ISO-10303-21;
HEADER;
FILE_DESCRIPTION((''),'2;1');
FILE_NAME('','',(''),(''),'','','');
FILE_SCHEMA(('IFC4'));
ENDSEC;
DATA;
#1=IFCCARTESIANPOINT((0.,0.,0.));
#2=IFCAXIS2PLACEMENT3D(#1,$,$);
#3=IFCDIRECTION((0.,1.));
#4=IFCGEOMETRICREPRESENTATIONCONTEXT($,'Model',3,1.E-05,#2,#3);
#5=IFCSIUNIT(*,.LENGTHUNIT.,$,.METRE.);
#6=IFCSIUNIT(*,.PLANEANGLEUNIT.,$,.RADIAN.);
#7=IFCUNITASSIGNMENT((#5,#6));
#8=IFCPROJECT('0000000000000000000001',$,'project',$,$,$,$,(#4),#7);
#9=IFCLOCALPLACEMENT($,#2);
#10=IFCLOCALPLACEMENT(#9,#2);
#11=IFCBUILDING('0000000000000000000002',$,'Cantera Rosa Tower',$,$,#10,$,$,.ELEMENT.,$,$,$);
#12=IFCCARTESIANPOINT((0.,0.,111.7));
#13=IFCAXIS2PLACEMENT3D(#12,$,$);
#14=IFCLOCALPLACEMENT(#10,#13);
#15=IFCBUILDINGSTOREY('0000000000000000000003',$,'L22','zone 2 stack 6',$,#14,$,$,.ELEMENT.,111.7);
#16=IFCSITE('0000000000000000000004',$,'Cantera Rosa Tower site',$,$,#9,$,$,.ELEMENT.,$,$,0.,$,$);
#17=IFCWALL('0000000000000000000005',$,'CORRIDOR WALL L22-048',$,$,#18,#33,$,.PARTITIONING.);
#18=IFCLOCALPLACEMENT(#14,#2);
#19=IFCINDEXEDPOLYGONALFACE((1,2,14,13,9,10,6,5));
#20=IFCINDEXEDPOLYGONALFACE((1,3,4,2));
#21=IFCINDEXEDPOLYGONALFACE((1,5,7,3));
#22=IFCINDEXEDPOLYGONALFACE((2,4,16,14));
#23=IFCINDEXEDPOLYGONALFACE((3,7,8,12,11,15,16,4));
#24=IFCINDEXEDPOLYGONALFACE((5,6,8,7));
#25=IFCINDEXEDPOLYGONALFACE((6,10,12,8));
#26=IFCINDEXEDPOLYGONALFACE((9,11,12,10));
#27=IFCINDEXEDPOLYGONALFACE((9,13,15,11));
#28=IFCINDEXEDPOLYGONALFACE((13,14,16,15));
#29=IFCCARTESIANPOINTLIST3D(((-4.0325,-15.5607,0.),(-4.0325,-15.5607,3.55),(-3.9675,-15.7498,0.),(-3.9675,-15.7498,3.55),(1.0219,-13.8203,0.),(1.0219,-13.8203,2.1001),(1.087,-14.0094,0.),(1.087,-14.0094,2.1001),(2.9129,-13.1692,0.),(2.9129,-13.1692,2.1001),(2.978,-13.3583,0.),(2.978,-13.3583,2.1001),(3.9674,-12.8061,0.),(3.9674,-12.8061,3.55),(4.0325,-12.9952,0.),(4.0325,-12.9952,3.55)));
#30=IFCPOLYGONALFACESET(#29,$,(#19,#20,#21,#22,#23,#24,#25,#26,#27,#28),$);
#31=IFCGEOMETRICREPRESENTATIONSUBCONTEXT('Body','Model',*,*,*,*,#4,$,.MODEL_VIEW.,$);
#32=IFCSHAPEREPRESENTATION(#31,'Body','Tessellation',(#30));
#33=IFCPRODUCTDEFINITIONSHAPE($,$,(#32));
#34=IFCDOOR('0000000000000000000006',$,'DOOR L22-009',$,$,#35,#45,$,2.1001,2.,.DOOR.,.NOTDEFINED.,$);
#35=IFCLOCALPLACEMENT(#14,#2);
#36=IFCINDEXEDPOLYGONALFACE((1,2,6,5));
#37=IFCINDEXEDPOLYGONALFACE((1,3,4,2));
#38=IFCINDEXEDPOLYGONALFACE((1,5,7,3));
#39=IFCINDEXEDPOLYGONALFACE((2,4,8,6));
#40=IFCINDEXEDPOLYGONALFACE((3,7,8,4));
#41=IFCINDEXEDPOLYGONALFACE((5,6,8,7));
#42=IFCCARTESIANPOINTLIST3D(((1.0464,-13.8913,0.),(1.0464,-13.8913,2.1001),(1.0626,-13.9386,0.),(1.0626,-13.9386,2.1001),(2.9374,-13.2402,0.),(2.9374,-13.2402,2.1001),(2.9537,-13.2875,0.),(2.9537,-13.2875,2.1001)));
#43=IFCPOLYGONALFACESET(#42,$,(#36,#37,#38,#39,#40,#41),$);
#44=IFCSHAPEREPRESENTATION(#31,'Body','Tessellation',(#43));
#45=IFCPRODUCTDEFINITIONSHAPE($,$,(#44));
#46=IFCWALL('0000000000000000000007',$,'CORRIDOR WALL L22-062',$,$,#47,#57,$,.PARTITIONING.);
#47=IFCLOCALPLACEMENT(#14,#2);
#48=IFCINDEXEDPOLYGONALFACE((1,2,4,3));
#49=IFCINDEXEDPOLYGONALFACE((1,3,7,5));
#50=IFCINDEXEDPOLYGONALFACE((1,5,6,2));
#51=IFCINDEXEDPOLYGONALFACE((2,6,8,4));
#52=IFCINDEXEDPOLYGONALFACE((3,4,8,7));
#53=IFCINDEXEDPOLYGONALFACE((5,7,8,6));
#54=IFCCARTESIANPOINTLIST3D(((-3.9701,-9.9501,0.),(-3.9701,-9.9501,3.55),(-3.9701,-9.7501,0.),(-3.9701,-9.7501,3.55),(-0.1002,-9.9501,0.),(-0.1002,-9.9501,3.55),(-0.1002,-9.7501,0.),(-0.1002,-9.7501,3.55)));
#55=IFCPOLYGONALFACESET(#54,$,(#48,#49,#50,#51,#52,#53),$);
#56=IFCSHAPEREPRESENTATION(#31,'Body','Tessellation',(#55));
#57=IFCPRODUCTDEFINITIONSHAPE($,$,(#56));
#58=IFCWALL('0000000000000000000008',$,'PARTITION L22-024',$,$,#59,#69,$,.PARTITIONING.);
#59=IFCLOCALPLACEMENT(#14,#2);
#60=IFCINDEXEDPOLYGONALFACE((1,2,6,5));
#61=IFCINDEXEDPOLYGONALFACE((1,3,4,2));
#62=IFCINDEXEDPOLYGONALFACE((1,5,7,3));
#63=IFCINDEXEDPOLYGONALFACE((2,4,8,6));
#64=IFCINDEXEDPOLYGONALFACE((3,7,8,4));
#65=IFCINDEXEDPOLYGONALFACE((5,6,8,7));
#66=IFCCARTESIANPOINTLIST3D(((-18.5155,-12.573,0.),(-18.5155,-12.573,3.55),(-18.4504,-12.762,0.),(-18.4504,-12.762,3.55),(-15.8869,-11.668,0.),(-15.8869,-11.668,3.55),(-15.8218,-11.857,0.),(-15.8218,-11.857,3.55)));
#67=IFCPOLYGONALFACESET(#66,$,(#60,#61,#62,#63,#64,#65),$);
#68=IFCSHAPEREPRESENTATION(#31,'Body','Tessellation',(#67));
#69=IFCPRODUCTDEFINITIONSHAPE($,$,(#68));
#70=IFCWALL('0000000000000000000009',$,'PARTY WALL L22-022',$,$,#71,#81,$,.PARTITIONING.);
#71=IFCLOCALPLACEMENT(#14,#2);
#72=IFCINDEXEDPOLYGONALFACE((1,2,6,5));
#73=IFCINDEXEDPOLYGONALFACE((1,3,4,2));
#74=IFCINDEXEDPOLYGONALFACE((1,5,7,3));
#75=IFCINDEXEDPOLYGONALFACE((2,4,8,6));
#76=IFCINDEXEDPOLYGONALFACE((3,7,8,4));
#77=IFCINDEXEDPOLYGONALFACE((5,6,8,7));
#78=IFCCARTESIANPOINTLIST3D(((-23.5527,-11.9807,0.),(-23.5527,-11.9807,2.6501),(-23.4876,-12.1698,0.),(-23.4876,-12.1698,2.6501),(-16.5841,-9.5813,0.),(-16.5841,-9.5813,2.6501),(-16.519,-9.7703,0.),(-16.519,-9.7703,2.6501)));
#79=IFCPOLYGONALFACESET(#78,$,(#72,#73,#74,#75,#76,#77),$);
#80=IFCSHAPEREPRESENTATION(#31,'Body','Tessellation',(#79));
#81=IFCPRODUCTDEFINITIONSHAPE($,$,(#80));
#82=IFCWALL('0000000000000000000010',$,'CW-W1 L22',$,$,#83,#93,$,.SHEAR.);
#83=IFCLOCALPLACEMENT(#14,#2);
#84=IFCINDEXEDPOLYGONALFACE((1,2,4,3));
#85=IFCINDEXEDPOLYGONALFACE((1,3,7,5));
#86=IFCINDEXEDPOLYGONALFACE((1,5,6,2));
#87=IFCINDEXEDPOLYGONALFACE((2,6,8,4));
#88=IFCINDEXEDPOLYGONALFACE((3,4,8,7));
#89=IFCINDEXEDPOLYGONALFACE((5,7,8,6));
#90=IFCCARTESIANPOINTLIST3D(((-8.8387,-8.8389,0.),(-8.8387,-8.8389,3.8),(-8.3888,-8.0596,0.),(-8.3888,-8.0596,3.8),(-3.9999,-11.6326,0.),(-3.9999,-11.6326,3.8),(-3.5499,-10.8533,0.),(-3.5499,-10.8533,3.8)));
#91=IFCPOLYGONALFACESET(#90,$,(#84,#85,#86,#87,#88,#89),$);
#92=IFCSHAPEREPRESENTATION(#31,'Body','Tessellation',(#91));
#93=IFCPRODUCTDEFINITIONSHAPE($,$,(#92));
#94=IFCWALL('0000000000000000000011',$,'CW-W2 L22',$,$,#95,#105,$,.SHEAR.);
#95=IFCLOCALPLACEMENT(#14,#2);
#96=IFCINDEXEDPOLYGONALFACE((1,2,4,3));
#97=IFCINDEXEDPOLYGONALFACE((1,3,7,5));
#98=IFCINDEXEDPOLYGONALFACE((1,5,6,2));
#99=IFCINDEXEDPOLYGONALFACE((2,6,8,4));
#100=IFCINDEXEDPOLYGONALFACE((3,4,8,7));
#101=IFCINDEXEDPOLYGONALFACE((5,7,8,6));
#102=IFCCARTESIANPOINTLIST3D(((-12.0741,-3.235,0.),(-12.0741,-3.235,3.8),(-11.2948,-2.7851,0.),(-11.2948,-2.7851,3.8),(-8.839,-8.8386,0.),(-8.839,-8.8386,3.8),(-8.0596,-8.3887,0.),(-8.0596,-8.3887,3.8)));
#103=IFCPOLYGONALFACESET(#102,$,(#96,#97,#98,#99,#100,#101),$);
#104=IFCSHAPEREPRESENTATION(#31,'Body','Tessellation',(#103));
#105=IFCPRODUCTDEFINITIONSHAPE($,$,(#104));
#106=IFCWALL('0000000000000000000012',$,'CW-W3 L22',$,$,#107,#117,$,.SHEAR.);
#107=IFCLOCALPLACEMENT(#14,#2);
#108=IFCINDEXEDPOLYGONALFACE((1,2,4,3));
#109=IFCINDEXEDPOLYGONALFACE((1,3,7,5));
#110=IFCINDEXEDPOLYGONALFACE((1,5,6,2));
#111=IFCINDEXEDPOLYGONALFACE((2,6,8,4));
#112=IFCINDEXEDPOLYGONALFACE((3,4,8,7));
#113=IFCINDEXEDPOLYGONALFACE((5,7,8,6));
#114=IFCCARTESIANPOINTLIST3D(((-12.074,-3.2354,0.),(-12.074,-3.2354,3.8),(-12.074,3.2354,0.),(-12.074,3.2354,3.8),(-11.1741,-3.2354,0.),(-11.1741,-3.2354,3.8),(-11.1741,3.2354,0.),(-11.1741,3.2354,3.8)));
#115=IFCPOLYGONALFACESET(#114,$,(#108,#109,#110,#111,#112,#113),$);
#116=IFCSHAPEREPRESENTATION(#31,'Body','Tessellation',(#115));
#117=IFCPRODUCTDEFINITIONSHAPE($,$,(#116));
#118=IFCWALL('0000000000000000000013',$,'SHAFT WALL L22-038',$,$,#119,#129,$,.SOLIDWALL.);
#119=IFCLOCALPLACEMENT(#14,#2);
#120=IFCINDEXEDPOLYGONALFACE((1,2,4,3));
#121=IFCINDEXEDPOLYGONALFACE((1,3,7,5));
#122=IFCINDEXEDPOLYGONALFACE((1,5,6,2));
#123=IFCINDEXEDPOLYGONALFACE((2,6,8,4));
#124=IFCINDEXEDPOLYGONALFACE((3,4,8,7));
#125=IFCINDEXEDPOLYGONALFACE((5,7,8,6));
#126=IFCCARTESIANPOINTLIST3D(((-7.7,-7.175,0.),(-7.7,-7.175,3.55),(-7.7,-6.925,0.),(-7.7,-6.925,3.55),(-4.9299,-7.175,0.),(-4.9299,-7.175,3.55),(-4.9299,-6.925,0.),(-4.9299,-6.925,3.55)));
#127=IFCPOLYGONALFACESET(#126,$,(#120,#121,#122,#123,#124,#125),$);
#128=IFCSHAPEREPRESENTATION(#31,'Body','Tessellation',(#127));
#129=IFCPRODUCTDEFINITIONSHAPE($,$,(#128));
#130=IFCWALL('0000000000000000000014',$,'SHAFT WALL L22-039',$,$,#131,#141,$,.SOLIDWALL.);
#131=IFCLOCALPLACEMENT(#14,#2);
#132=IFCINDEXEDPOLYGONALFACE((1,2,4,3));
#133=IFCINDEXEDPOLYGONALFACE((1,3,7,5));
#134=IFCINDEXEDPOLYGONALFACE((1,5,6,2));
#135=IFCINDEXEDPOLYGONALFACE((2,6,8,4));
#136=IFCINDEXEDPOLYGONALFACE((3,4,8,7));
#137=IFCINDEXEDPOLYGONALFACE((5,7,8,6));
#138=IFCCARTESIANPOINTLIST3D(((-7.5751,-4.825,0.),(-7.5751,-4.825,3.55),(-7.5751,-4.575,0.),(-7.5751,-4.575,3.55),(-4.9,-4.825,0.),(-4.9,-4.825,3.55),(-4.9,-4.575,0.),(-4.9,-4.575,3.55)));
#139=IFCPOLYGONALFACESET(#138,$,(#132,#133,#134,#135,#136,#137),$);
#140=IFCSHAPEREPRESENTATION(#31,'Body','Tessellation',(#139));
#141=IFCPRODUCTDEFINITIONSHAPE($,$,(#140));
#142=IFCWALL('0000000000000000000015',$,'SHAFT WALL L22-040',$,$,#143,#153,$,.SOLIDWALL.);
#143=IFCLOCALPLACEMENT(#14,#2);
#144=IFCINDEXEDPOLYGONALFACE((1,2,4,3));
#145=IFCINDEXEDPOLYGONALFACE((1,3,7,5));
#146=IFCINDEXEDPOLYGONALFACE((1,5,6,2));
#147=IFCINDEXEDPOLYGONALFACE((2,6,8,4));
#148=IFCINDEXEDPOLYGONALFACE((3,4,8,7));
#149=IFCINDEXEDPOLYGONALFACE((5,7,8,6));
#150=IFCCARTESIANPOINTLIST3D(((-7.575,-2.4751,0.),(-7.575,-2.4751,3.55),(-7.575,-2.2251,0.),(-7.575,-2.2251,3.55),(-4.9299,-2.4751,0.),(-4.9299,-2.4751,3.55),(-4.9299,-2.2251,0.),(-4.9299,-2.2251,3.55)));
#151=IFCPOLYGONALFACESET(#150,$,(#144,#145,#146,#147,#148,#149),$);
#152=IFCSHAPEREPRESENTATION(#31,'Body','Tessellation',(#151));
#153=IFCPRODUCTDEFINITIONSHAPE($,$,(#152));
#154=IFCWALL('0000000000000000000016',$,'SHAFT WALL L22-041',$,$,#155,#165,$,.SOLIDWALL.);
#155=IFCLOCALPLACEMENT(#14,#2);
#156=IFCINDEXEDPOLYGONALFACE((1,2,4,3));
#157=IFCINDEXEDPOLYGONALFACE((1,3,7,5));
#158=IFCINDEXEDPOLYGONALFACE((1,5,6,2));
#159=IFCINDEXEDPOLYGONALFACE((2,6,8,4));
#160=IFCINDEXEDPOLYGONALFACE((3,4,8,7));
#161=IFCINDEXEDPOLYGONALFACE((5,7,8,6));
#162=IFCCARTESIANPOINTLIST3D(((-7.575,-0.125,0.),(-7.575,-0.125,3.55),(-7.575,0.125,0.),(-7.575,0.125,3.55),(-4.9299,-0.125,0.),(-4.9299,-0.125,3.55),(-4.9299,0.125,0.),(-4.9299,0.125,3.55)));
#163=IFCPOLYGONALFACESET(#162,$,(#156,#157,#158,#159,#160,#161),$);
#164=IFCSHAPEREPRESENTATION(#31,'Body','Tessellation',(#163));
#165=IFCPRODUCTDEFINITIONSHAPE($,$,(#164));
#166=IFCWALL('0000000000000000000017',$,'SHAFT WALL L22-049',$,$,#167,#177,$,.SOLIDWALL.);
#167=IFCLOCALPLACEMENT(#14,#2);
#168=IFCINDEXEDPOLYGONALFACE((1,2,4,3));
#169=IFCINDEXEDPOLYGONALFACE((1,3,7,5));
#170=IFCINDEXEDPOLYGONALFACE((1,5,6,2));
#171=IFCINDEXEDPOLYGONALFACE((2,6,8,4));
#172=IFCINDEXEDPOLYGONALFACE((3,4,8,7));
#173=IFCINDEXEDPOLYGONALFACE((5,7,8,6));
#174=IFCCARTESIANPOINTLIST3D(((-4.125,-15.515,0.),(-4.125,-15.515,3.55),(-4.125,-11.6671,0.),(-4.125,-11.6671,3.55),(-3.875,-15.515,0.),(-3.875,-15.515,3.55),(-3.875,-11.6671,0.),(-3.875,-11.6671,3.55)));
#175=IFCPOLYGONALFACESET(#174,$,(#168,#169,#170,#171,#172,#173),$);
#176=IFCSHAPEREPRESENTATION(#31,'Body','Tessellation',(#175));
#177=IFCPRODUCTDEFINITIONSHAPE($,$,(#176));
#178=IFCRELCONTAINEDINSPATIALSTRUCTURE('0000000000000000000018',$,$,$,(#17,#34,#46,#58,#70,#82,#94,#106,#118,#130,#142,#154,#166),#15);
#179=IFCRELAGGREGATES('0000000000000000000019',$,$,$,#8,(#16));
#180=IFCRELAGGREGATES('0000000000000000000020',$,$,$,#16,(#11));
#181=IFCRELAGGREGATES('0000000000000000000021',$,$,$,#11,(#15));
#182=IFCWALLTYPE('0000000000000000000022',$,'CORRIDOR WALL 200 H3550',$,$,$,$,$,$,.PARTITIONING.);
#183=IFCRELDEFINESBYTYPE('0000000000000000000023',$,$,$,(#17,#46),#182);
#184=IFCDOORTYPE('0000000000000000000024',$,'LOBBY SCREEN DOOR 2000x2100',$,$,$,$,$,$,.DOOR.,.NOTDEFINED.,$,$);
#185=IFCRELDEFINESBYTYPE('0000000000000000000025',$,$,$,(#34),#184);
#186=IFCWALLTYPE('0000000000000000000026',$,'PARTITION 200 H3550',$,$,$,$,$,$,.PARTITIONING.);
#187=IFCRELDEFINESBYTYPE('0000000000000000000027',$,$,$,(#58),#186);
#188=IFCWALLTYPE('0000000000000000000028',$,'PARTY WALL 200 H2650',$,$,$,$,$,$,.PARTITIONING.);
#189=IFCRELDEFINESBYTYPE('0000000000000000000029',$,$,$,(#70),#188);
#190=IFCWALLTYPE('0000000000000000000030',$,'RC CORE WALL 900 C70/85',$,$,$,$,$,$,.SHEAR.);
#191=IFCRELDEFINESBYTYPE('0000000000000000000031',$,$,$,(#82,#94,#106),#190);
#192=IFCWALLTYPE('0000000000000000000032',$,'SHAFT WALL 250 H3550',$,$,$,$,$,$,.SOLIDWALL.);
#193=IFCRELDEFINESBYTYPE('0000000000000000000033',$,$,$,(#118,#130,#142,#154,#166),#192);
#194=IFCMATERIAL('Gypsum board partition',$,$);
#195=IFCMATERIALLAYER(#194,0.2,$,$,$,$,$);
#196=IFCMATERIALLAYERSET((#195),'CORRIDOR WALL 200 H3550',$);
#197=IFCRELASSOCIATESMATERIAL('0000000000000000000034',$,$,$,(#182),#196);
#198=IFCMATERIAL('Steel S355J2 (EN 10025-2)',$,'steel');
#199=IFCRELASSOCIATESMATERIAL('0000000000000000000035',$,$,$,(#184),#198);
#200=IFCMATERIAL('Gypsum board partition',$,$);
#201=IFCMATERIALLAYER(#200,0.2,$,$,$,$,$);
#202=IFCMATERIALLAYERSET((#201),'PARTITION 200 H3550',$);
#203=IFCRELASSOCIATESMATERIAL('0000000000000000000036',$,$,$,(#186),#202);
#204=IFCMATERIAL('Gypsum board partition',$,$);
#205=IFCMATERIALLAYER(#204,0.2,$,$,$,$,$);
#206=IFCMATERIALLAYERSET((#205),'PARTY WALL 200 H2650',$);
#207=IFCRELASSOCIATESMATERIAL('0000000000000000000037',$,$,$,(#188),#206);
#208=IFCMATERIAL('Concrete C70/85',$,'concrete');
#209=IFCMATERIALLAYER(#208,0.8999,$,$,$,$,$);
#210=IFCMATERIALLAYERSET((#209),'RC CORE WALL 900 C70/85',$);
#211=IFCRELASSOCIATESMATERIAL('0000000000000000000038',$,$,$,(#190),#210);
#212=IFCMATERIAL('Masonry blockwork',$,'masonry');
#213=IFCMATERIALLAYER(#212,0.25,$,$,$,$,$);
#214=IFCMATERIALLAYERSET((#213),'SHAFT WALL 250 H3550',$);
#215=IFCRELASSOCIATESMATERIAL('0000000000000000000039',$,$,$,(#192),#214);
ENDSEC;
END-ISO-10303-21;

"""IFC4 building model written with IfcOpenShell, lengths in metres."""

from ifc_helpers import new_model, si_unit, direction, frame, frame_2d, origin, place, context, subcontext, project, spatial, rectangle, extrude, material, layer, layer_set, type_object, element, fill, save


model = new_model("IFC4")

# Units and contexts
model_context = context("Model", 3, precision=1e-05, world=origin(), true_north=direction((0.0, 1.0)))
body_context = subcontext(model_context, "Body", "Model", "MODEL_VIEW")
ifc_project = project(units=[si_unit("LENGTHUNIT", "METRE"), si_unit("PLANEANGLEUNIT", "RADIAN")], contexts=[model_context])

# Site, building, storey
site_placement = place(None, origin())
site = spatial("IfcSite", under=ifc_project, at=site_placement, Name="Cantera Rosa Tower site", CompositionType="ELEMENT", RefElevation=0.0)
building_placement = place(site_placement, origin())
building = spatial("IfcBuilding", under=site, at=building_placement, Name="Cantera Rosa Tower", CompositionType="ELEMENT")
storey_placement = place(building_placement, frame((0.0, 0.0, 111.7)))
storey = spatial("IfcBuildingStorey", under=building, at=storey_placement, Name="L22", Description="zone 2 stack 6", CompositionType="ELEMENT", Elevation=111.7)

# Wall, opening, door
ifc_material_1 = material(Name="Gypsum board partition")
ifc_layer_1 = layer(ifc_material_1, 0.2)
ifc_layer_set_1 = layer_set([ifc_layer_1], Name="CORRIDOR WALL 200 H3550")
wall_type_1 = type_object("IfcWallType", Name="CORRIDOR WALL 200 H3550", PredefinedType="PARTITIONING", material=ifc_layer_set_1)
wall_1_placement = place(storey_placement, frame((-4.0, -15.6553, 0.0), z_axis=(0.0, 0.0, 1.0), x_axis=(0.945518, 0.32557, 0.0)))
wall_1 = element("IfcWall", 1, at=wall_1_placement, inside=storey, type_object=wall_type_1, Name="CORRIDOR WALL L22-048", PredefinedType="PARTITIONING", context=body_context, shape_type="SweptSolid", body=[
    extrude(rectangle(XDim=8.4609, YDim=0.2, at=frame_2d((4.2305, 0.0))), origin(), (0.0, 0.0, 1.0), 3.55),
])
opening_placement = place(wall_1_placement, frame((5.3457, 0.0, 0.0)))
opening = element("IfcOpeningElement", 2, at=opening_placement, cuts=wall_1, PredefinedType="OPENING", context=body_context, shape_type="SweptSolid", body=[
    extrude(rectangle(XDim=2.0, YDim=2.1001, at=frame_2d((1.0, 1.05))), frame((0.0, 0.1099, 0.0), z_axis=(0.0, -1.0, 0.0), x_axis=(1.0, 0.0, 0.0)), (0.0, 0.0, 1.0), 0.22),
])
ifc_material_2 = material(Name="Steel S355J2 (EN 10025-2)", Category="steel")
door_type = type_object("IfcDoorType", Name="LOBBY SCREEN DOOR 2000x2100", OperationType="NOTDEFINED", PredefinedType="DOOR", material=ifc_material_2)
door_placement = place(opening_placement, origin())
door = element("IfcDoor", 3, at=door_placement, inside=storey, type_object=door_type, Name="DOOR L22-009", OperationType="NOTDEFINED", OverallHeight=2.1001, OverallWidth=2.0, PredefinedType="DOOR", context=body_context, shape_type="SweptSolid", body=[
    extrude(rectangle(XDim=2.0, YDim=2.1001, at=frame_2d((1.0, 1.05))), frame((0.0, 0.0249, 0.0), z_axis=(0.0, -1.0, 0.0), x_axis=(1.0, 0.0, 0.0)), (0.0, 0.0, 1.0), 0.05),
])
fill(opening, door)

# Walls
wall_2_placement = place(storey_placement, frame((-0.1001, -9.8501, 0.0), z_axis=(0.0, 0.0, 1.0), x_axis=(-1.0, 0.0, 0.0)))
element("IfcWall", 4, at=wall_2_placement, inside=storey, type_object=wall_type_1, Name="CORRIDOR WALL L22-062", PredefinedType="PARTITIONING", context=body_context, shape_type="SweptSolid", body=[
    extrude(rectangle(XDim=3.8699, YDim=0.2, at=frame_2d((1.9351, 0.0))), origin(), (0.0, 0.0, 1.0), 3.55),
])
ifc_material_3 = material(Name="Gypsum board partition")
ifc_layer_2 = layer(ifc_material_3, 0.2)
ifc_layer_set_2 = layer_set([ifc_layer_2], Name="PARTITION 200 H3550")
wall_type_2 = type_object("IfcWallType", Name="PARTITION 200 H3550", PredefinedType="PARTITIONING", material=ifc_layer_set_2)
wall_3_placement = place(storey_placement, frame((-15.8542, -11.7625, 0.0), z_axis=(0.0, 0.0, 1.0), x_axis=(-0.945529, -0.325539, 0.0)))
element("IfcWall", 5, at=wall_3_placement, inside=storey, type_object=wall_type_2, Name="PARTITION L22-024", PredefinedType="PARTITIONING", context=body_context, shape_type="SweptSolid", body=[
    extrude(rectangle(XDim=2.78, YDim=0.2, at=frame_2d((1.3901, 0.0))), origin(), (0.0, 0.0, 1.0), 3.55),
])
ifc_material_4 = material(Name="Gypsum board partition")
ifc_layer_3 = layer(ifc_material_4, 0.2)
ifc_layer_set_3 = layer_set([ifc_layer_3], Name="PARTY WALL 200 H2650")
wall_type_3 = type_object("IfcWallType", Name="PARTY WALL 200 H2650", PredefinedType="PARTITIONING", material=ifc_layer_set_3)
wall_4_placement = place(storey_placement, frame((-16.5515, -9.6758, 0.0), z_axis=(0.0, 0.0, 1.0), x_axis=(-0.94552, -0.325564, 0.0)))
element("IfcWall", 6, at=wall_4_placement, inside=storey, type_object=wall_type_3, Name="PARTY WALL L22-022", PredefinedType="PARTITIONING", context=body_context, shape_type="SweptSolid", body=[
    extrude(rectangle(XDim=7.3701, YDim=0.2, at=frame_2d((3.6851, 0.0))), origin(), (0.0, 0.0, 1.0), 2.6501),
])
ifc_material_5 = material(Name="Concrete C70/85", Category="concrete")
ifc_layer_4 = layer(ifc_material_5, 0.8999)
ifc_layer_set_4 = layer_set([ifc_layer_4], Name="RC CORE WALL 900 C70/85")
wall_type_4 = type_object("IfcWallType", Name="RC CORE WALL 900 C70/85", PredefinedType="SHEAR", material=ifc_layer_set_4)
wall_5_placement = place(storey_placement, frame((-3.7749, -11.2429, 0.0), z_axis=(0.0, 0.0, 1.0), x_axis=(-0.866027, 0.499997, 0.0)))
element("IfcWall", 7, at=wall_5_placement, inside=storey, type_object=wall_type_4, Name="CW-W1 L22", PredefinedType="SHEAR", context=body_context, shape_type="SweptSolid", body=[
    extrude(rectangle(XDim=5.5874, YDim=0.8999, at=frame_2d((2.7937, 0.0))), origin(), (0.0, 0.0, 1.0), 3.8),
])
wall_6_placement = place(storey_placement, frame((-8.4492, -8.6138, 0.0), z_axis=(0.0, 0.0, 1.0), x_axis=(-0.49999, 0.866031, 0.0)))
element("IfcWall", 8, at=wall_6_placement, inside=storey, type_object=wall_type_4, Name="CW-W2 L22", PredefinedType="SHEAR", context=body_context, shape_type="SweptSolid", body=[
    extrude(rectangle(XDim=6.4705, YDim=0.8999, at=frame_2d((3.2354, 0.0))), origin(), (0.0, 0.0, 1.0), 3.8),
])
wall_7_placement = place(storey_placement, frame((-11.624, -3.2354, 0.0), z_axis=(0.0, 0.0, 1.0), x_axis=(0.0, 1.0, 0.0)))
element("IfcWall", 9, at=wall_7_placement, inside=storey, type_object=wall_type_4, Name="CW-W3 L22", PredefinedType="SHEAR", context=body_context, shape_type="SweptSolid", body=[
    extrude(rectangle(XDim=6.4707, YDim=0.8999, at=frame_2d((3.2354, 0.0))), origin(), (0.0, 0.0, 1.0), 3.8),
])
ifc_material_6 = material(Name="Masonry blockwork", Category="masonry")
ifc_layer_5 = layer(ifc_material_6, 0.25)
ifc_layer_set_5 = layer_set([ifc_layer_5], Name="SHAFT WALL 250 H3550")
wall_type_5 = type_object("IfcWallType", Name="SHAFT WALL 250 H3550", PredefinedType="SOLIDWALL", material=ifc_layer_set_5)
wall_8_placement = place(storey_placement, frame((-7.7, -7.05, 0.0), z_axis=(0.0, 0.0, 1.0), x_axis=(1.0, 0.0, 0.0)))
element("IfcWall", 10, at=wall_8_placement, inside=storey, type_object=wall_type_5, Name="SHAFT WALL L22-038", PredefinedType="SOLIDWALL", context=body_context, shape_type="SweptSolid", body=[
    extrude(rectangle(XDim=2.77, YDim=0.25, at=frame_2d((1.385, 0.0))), origin(), (0.0, 0.0, 1.0), 3.55),
])
wall_9_placement = place(storey_placement, frame((-7.575, -4.7, 0.0), z_axis=(0.0, 0.0, 1.0), x_axis=(1.0, 0.0, 0.0)))
element("IfcWall", 11, at=wall_9_placement, inside=storey, type_object=wall_type_5, Name="SHAFT WALL L22-039", PredefinedType="SOLIDWALL", context=body_context, shape_type="SweptSolid", body=[
    extrude(rectangle(XDim=2.675, YDim=0.25, at=frame_2d((1.3374, 0.0))), origin(), (0.0, 0.0, 1.0), 3.55),
])
for number, where, z_axis, x_axis, name in (
    (12, (-7.575, -2.3501, 0.0), (0.0, 0.0, 1.0), (1.0, 0.0, 0.0), "SHAFT WALL L22-040"),
    (13, (-7.575, 0.0, 0.0), (0.0, 0.0, 1.0), (1.0, 0.0, 0.0), "SHAFT WALL L22-041"),
):
    element("IfcWall", number, at=place(storey_placement, frame(where, z_axis=z_axis, x_axis=x_axis)), inside=storey, type_object=wall_type_5, Name=name, PredefinedType="SOLIDWALL", context=body_context, shape_type="SweptSolid", body=[
        extrude(rectangle(XDim=2.645, YDim=0.25, at=frame_2d((1.3225, 0.0))), origin(), (0.0, 0.0, 1.0), 3.55),
    ])
wall_10_placement = place(storey_placement, frame((-4.0, -11.6672, 0.0), z_axis=(0.0, 0.0, 1.0), x_axis=(0.0, -1.0, 0.0)))
element("IfcWall", 14, at=wall_10_placement, inside=storey, type_object=wall_type_5, Name="SHAFT WALL L22-049", PredefinedType="SOLIDWALL", context=body_context, shape_type="SweptSolid", body=[
    extrude(rectangle(XDim=3.8479, YDim=0.25, at=frame_2d((1.9238, 0.0))), origin(), (0.0, 0.0, 1.0), 3.55),
])

save(model, "model.ifc")
